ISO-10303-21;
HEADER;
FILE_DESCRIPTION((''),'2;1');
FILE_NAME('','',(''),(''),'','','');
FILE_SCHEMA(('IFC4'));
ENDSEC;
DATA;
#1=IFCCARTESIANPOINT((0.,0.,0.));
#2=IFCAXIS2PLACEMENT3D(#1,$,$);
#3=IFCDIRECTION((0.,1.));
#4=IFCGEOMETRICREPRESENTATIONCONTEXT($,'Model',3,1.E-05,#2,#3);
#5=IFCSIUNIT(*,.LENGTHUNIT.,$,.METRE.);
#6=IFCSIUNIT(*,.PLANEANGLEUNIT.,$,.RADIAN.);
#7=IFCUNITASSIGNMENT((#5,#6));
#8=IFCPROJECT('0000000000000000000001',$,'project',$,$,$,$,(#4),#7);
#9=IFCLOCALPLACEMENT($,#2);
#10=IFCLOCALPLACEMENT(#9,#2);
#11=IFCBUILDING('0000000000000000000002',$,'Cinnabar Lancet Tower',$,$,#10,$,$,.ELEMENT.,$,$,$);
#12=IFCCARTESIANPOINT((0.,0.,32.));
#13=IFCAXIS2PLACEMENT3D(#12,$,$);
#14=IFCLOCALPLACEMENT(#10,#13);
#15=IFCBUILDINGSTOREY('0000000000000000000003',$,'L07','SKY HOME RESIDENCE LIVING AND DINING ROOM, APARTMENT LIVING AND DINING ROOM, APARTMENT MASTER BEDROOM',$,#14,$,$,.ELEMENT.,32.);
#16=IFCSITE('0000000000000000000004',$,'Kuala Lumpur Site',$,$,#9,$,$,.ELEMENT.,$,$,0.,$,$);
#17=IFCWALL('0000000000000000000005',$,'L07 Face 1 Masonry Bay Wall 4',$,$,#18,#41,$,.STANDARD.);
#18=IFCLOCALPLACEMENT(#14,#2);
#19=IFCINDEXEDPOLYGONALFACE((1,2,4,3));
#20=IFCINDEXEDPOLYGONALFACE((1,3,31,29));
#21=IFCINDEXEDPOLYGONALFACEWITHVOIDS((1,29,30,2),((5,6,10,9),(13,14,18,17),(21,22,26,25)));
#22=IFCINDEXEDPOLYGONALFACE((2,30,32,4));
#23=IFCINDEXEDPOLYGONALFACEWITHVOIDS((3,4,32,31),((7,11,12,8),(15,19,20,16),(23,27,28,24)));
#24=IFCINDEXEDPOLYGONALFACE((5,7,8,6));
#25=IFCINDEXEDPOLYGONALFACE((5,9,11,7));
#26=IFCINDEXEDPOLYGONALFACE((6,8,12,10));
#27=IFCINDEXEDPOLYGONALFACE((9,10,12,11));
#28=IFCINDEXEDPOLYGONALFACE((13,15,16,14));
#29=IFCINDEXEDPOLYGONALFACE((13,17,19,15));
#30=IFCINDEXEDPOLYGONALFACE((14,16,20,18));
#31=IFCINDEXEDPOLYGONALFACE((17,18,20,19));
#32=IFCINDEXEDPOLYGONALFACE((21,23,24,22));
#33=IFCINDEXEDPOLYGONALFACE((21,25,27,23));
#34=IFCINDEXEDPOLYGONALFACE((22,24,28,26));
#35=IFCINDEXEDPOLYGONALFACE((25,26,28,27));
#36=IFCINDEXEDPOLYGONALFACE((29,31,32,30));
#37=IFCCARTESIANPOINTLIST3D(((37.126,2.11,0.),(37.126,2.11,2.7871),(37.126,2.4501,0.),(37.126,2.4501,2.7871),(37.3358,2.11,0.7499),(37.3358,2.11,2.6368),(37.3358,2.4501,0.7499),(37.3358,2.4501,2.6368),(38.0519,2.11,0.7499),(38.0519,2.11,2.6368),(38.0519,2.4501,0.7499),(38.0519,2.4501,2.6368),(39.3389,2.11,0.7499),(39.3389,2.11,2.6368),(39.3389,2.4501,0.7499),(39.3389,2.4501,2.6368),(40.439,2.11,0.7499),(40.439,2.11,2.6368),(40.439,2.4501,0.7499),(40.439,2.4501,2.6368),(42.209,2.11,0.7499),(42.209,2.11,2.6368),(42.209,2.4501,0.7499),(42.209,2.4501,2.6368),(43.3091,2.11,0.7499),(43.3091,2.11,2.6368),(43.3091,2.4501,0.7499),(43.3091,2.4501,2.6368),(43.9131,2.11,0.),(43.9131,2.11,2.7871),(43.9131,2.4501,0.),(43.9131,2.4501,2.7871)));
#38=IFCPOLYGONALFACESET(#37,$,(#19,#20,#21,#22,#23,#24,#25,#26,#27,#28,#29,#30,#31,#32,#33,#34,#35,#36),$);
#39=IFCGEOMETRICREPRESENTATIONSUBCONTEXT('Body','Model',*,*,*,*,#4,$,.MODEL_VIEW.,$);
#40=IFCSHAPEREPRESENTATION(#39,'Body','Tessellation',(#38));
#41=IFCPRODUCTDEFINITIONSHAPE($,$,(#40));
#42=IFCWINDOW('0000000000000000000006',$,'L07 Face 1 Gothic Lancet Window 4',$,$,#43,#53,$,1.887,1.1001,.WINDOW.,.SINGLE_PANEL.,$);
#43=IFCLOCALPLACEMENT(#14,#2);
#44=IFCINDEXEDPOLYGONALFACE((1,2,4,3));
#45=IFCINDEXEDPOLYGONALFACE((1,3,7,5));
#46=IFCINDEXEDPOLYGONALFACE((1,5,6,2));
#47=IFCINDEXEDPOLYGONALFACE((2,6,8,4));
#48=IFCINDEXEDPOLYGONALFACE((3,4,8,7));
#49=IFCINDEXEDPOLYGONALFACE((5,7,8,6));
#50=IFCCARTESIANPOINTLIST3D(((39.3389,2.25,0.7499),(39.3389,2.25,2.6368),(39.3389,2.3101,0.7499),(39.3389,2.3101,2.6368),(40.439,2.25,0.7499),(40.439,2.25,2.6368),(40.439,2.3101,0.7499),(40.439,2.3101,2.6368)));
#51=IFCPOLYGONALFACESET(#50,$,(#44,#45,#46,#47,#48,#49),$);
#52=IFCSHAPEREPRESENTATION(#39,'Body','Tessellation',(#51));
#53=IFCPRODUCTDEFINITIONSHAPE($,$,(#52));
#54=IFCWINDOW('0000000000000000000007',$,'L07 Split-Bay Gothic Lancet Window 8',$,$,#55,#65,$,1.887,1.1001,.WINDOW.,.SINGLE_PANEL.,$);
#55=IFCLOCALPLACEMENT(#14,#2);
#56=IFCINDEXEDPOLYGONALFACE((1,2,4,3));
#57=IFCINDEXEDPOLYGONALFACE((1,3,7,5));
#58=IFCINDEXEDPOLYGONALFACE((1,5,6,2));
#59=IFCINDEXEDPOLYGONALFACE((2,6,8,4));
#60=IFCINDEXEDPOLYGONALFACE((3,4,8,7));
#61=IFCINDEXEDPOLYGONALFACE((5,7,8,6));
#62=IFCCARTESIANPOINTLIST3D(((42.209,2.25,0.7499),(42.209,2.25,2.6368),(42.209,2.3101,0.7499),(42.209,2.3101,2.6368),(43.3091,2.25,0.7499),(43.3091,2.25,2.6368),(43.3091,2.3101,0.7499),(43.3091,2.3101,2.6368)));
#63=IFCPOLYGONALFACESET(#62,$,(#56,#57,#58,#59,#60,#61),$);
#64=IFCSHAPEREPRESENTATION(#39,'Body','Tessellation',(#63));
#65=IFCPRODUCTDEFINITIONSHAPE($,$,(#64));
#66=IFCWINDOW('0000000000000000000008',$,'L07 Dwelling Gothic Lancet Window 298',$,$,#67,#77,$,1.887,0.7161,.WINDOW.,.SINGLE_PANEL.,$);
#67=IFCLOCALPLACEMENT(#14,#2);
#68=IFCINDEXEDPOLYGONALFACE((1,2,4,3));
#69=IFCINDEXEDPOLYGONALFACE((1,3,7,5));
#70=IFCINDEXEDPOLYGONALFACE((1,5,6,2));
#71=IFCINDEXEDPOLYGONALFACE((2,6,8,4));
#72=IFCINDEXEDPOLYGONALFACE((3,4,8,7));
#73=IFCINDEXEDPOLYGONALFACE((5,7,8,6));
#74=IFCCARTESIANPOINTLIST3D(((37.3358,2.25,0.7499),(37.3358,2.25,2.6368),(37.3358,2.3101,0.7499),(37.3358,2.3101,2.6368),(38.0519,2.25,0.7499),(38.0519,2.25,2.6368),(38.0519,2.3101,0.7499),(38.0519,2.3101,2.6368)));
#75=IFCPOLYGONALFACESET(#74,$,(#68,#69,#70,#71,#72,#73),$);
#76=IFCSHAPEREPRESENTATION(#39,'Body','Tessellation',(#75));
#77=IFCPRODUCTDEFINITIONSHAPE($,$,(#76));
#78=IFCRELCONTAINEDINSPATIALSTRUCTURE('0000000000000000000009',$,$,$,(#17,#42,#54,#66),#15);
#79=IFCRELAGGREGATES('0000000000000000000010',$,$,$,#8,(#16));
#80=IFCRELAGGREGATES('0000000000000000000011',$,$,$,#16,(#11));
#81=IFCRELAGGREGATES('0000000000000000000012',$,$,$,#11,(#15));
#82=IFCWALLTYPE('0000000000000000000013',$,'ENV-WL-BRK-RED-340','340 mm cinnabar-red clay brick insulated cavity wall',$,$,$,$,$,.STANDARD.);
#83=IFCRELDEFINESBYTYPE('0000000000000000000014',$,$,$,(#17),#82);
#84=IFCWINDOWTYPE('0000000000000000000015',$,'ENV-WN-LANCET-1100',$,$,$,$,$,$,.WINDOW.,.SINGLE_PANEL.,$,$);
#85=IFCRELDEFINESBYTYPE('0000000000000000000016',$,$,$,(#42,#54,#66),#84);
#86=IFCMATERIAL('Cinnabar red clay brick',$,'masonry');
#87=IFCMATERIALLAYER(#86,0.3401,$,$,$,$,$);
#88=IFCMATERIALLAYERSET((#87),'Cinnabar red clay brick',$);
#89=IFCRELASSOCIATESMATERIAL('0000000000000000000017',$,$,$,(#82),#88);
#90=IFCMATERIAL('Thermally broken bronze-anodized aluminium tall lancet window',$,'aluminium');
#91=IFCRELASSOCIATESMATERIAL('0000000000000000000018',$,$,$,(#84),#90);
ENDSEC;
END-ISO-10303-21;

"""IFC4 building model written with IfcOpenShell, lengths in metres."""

from ifc_helpers import new_model, si_unit, direction, frame, frame_2d, origin, place, context, subcontext, project, spatial, rectangle, extrude, material, layer, layer_set, type_object, element, fill, save


model = new_model("IFC4")

# Units and contexts
model_context = context("Model", 3, precision=1e-05, world=origin(), true_north=direction((0.0, 1.0)))
body_context = subcontext(model_context, "Body", "Model", "MODEL_VIEW")
ifc_project = project(units=[si_unit("LENGTHUNIT", "METRE"), si_unit("PLANEANGLEUNIT", "RADIAN")], contexts=[model_context])

# Site, building, storey
site_placement = place(None, origin())
site = spatial("IfcSite", under=ifc_project, at=site_placement, Name="Kuala Lumpur Site", CompositionType="ELEMENT", RefElevation=0.0)
building_placement = place(site_placement, origin())
building = spatial("IfcBuilding", under=site, at=building_placement, Name="Cinnabar Lancet Tower", CompositionType="ELEMENT")
storey_placement = place(building_placement, frame((0.0, 0.0, 32.0)))
storey = spatial("IfcBuildingStorey", under=building, at=storey_placement, Name="L07", Description="SKY HOME RESIDENCE LIVING AND DINING ROOM, APARTMENT LIVING AND DINING ROOM, APARTMENT MASTER BEDROOM", CompositionType="ELEMENT", Elevation=32.0)

# Wall, openings, windows
ifc_material_1 = material(Name="Cinnabar red clay brick", Category="masonry")
ifc_layer_1 = layer(ifc_material_1, 0.3401)
ifc_layer_set_1 = layer_set([ifc_layer_1], Name="Cinnabar red clay brick")
wall_type_1 = type_object("IfcWallType", Name="ENV-WL-BRK-RED-340", Description="340 mm cinnabar-red clay brick insulated cavity wall", PredefinedType="STANDARD", material=ifc_layer_set_1)
wall_1_placement = place(storey_placement, frame((37.126, 2.28, 0.0), z_axis=(0.0, 0.0, 1.0), x_axis=(1.0, 0.0, 0.0)))
wall_1 = element("IfcWall", 1, at=wall_1_placement, inside=storey, type_object=wall_type_1, Name="L07 Face 1 Masonry Bay Wall 4", PredefinedType="STANDARD", context=body_context, shape_type="SweptSolid", body=[
    extrude(rectangle(XDim=6.7871, YDim=0.3401, at=frame_2d((3.3936, 0.0))), origin(), (0.0, 0.0, 1.0), 2.7871),
])
opening_1_placement = place(wall_1_placement, frame((2.2129, 0.0, 0.75)))
opening_1 = element("IfcOpeningElement", 2, at=opening_1_placement, cuts=wall_1, PredefinedType="OPENING", context=body_context, shape_type="SweptSolid", body=[
    extrude(rectangle(XDim=1.1001, YDim=1.887, at=frame_2d((0.55, 0.9434))), frame((0.0, 0.1799, 0.0), z_axis=(0.0, -1.0, 0.0), x_axis=(1.0, 0.0, 0.0)), (0.0, 0.0, 1.0), 0.3601),
])
opening_2_placement = place(wall_1_placement, frame((5.083, 0.0, 0.75)))
opening_2 = element("IfcOpeningElement", 3, at=opening_2_placement, cuts=wall_1, PredefinedType="OPENING", context=body_context, shape_type="SweptSolid", body=[
    extrude(rectangle(XDim=1.1001, YDim=1.887, at=frame_2d((0.55, 0.9434))), frame((0.0, 0.1799, 0.0), z_axis=(0.0, -1.0, 0.0), x_axis=(1.0, 0.0, 0.0)), (0.0, 0.0, 1.0), 0.3601),
])
opening_3_placement = place(wall_1_placement, frame((0.21, 0.0, 0.75)))
opening_3 = element("IfcOpeningElement", 4, at=opening_3_placement, cuts=wall_1, PredefinedType="OPENING", context=body_context, shape_type="SweptSolid", body=[
    extrude(rectangle(XDim=0.7161, YDim=1.887, at=frame_2d((0.3579, 0.9434))), frame((0.0, 0.1799, 0.0), z_axis=(0.0, -1.0, 0.0), x_axis=(1.0, 0.0, 0.0)), (0.0, 0.0, 1.0), 0.3601),
])
ifc_material_2 = material(Name="Thermally broken bronze-anodized aluminium tall lancet window", Category="aluminium")
window_type = type_object("IfcWindowType", Name="ENV-WN-LANCET-1100", PartitioningType="SINGLE_PANEL", PredefinedType="WINDOW", material=ifc_material_2)
window_1_placement = place(opening_1_placement, origin())
window_1 = element("IfcWindow", 5, at=window_1_placement, inside=storey, type_object=window_type, Name="L07 Face 1 Gothic Lancet Window 4", OverallHeight=1.887, OverallWidth=1.1001, PartitioningType="SINGLE_PANEL", PredefinedType="WINDOW", context=body_context, shape_type="SweptSolid", body=[
    extrude(rectangle(XDim=1.1001, YDim=1.887, at=frame_2d((0.55, 0.9434))), frame((0.0, 0.03, 0.0), z_axis=(0.0, -1.0, 0.0), x_axis=(1.0, 0.0, 0.0)), (0.0, 0.0, 1.0), 0.0601),
])
fill(opening_1, window_1)
window_2_placement = place(opening_2_placement, origin())
window_2 = element("IfcWindow", 6, at=window_2_placement, inside=storey, type_object=window_type, Name="L07 Split-Bay Gothic Lancet Window 8", OverallHeight=1.887, OverallWidth=1.1001, PartitioningType="SINGLE_PANEL", PredefinedType="WINDOW", context=body_context, shape_type="SweptSolid", body=[
    extrude(rectangle(XDim=1.1001, YDim=1.887, at=frame_2d((0.55, 0.9434))), frame((0.0, 0.03, 0.0), z_axis=(0.0, -1.0, 0.0), x_axis=(1.0, 0.0, 0.0)), (0.0, 0.0, 1.0), 0.0601),
])
fill(opening_2, window_2)
window_3_placement = place(opening_3_placement, origin())
window_3 = element("IfcWindow", 7, at=window_3_placement, inside=storey, type_object=window_type, Name="L07 Dwelling Gothic Lancet Window 298", OverallHeight=1.887, OverallWidth=0.7161, PartitioningType="SINGLE_PANEL", PredefinedType="WINDOW", context=body_context, shape_type="SweptSolid", body=[
    extrude(rectangle(XDim=0.7161, YDim=1.887, at=frame_2d((0.3579, 0.9434))), frame((0.0, 0.03, 0.0), z_axis=(0.0, -1.0, 0.0), x_axis=(1.0, 0.0, 0.0)), (0.0, 0.0, 1.0), 0.0601),
])
fill(opening_3, window_3)

save(model, "model.ifc")
